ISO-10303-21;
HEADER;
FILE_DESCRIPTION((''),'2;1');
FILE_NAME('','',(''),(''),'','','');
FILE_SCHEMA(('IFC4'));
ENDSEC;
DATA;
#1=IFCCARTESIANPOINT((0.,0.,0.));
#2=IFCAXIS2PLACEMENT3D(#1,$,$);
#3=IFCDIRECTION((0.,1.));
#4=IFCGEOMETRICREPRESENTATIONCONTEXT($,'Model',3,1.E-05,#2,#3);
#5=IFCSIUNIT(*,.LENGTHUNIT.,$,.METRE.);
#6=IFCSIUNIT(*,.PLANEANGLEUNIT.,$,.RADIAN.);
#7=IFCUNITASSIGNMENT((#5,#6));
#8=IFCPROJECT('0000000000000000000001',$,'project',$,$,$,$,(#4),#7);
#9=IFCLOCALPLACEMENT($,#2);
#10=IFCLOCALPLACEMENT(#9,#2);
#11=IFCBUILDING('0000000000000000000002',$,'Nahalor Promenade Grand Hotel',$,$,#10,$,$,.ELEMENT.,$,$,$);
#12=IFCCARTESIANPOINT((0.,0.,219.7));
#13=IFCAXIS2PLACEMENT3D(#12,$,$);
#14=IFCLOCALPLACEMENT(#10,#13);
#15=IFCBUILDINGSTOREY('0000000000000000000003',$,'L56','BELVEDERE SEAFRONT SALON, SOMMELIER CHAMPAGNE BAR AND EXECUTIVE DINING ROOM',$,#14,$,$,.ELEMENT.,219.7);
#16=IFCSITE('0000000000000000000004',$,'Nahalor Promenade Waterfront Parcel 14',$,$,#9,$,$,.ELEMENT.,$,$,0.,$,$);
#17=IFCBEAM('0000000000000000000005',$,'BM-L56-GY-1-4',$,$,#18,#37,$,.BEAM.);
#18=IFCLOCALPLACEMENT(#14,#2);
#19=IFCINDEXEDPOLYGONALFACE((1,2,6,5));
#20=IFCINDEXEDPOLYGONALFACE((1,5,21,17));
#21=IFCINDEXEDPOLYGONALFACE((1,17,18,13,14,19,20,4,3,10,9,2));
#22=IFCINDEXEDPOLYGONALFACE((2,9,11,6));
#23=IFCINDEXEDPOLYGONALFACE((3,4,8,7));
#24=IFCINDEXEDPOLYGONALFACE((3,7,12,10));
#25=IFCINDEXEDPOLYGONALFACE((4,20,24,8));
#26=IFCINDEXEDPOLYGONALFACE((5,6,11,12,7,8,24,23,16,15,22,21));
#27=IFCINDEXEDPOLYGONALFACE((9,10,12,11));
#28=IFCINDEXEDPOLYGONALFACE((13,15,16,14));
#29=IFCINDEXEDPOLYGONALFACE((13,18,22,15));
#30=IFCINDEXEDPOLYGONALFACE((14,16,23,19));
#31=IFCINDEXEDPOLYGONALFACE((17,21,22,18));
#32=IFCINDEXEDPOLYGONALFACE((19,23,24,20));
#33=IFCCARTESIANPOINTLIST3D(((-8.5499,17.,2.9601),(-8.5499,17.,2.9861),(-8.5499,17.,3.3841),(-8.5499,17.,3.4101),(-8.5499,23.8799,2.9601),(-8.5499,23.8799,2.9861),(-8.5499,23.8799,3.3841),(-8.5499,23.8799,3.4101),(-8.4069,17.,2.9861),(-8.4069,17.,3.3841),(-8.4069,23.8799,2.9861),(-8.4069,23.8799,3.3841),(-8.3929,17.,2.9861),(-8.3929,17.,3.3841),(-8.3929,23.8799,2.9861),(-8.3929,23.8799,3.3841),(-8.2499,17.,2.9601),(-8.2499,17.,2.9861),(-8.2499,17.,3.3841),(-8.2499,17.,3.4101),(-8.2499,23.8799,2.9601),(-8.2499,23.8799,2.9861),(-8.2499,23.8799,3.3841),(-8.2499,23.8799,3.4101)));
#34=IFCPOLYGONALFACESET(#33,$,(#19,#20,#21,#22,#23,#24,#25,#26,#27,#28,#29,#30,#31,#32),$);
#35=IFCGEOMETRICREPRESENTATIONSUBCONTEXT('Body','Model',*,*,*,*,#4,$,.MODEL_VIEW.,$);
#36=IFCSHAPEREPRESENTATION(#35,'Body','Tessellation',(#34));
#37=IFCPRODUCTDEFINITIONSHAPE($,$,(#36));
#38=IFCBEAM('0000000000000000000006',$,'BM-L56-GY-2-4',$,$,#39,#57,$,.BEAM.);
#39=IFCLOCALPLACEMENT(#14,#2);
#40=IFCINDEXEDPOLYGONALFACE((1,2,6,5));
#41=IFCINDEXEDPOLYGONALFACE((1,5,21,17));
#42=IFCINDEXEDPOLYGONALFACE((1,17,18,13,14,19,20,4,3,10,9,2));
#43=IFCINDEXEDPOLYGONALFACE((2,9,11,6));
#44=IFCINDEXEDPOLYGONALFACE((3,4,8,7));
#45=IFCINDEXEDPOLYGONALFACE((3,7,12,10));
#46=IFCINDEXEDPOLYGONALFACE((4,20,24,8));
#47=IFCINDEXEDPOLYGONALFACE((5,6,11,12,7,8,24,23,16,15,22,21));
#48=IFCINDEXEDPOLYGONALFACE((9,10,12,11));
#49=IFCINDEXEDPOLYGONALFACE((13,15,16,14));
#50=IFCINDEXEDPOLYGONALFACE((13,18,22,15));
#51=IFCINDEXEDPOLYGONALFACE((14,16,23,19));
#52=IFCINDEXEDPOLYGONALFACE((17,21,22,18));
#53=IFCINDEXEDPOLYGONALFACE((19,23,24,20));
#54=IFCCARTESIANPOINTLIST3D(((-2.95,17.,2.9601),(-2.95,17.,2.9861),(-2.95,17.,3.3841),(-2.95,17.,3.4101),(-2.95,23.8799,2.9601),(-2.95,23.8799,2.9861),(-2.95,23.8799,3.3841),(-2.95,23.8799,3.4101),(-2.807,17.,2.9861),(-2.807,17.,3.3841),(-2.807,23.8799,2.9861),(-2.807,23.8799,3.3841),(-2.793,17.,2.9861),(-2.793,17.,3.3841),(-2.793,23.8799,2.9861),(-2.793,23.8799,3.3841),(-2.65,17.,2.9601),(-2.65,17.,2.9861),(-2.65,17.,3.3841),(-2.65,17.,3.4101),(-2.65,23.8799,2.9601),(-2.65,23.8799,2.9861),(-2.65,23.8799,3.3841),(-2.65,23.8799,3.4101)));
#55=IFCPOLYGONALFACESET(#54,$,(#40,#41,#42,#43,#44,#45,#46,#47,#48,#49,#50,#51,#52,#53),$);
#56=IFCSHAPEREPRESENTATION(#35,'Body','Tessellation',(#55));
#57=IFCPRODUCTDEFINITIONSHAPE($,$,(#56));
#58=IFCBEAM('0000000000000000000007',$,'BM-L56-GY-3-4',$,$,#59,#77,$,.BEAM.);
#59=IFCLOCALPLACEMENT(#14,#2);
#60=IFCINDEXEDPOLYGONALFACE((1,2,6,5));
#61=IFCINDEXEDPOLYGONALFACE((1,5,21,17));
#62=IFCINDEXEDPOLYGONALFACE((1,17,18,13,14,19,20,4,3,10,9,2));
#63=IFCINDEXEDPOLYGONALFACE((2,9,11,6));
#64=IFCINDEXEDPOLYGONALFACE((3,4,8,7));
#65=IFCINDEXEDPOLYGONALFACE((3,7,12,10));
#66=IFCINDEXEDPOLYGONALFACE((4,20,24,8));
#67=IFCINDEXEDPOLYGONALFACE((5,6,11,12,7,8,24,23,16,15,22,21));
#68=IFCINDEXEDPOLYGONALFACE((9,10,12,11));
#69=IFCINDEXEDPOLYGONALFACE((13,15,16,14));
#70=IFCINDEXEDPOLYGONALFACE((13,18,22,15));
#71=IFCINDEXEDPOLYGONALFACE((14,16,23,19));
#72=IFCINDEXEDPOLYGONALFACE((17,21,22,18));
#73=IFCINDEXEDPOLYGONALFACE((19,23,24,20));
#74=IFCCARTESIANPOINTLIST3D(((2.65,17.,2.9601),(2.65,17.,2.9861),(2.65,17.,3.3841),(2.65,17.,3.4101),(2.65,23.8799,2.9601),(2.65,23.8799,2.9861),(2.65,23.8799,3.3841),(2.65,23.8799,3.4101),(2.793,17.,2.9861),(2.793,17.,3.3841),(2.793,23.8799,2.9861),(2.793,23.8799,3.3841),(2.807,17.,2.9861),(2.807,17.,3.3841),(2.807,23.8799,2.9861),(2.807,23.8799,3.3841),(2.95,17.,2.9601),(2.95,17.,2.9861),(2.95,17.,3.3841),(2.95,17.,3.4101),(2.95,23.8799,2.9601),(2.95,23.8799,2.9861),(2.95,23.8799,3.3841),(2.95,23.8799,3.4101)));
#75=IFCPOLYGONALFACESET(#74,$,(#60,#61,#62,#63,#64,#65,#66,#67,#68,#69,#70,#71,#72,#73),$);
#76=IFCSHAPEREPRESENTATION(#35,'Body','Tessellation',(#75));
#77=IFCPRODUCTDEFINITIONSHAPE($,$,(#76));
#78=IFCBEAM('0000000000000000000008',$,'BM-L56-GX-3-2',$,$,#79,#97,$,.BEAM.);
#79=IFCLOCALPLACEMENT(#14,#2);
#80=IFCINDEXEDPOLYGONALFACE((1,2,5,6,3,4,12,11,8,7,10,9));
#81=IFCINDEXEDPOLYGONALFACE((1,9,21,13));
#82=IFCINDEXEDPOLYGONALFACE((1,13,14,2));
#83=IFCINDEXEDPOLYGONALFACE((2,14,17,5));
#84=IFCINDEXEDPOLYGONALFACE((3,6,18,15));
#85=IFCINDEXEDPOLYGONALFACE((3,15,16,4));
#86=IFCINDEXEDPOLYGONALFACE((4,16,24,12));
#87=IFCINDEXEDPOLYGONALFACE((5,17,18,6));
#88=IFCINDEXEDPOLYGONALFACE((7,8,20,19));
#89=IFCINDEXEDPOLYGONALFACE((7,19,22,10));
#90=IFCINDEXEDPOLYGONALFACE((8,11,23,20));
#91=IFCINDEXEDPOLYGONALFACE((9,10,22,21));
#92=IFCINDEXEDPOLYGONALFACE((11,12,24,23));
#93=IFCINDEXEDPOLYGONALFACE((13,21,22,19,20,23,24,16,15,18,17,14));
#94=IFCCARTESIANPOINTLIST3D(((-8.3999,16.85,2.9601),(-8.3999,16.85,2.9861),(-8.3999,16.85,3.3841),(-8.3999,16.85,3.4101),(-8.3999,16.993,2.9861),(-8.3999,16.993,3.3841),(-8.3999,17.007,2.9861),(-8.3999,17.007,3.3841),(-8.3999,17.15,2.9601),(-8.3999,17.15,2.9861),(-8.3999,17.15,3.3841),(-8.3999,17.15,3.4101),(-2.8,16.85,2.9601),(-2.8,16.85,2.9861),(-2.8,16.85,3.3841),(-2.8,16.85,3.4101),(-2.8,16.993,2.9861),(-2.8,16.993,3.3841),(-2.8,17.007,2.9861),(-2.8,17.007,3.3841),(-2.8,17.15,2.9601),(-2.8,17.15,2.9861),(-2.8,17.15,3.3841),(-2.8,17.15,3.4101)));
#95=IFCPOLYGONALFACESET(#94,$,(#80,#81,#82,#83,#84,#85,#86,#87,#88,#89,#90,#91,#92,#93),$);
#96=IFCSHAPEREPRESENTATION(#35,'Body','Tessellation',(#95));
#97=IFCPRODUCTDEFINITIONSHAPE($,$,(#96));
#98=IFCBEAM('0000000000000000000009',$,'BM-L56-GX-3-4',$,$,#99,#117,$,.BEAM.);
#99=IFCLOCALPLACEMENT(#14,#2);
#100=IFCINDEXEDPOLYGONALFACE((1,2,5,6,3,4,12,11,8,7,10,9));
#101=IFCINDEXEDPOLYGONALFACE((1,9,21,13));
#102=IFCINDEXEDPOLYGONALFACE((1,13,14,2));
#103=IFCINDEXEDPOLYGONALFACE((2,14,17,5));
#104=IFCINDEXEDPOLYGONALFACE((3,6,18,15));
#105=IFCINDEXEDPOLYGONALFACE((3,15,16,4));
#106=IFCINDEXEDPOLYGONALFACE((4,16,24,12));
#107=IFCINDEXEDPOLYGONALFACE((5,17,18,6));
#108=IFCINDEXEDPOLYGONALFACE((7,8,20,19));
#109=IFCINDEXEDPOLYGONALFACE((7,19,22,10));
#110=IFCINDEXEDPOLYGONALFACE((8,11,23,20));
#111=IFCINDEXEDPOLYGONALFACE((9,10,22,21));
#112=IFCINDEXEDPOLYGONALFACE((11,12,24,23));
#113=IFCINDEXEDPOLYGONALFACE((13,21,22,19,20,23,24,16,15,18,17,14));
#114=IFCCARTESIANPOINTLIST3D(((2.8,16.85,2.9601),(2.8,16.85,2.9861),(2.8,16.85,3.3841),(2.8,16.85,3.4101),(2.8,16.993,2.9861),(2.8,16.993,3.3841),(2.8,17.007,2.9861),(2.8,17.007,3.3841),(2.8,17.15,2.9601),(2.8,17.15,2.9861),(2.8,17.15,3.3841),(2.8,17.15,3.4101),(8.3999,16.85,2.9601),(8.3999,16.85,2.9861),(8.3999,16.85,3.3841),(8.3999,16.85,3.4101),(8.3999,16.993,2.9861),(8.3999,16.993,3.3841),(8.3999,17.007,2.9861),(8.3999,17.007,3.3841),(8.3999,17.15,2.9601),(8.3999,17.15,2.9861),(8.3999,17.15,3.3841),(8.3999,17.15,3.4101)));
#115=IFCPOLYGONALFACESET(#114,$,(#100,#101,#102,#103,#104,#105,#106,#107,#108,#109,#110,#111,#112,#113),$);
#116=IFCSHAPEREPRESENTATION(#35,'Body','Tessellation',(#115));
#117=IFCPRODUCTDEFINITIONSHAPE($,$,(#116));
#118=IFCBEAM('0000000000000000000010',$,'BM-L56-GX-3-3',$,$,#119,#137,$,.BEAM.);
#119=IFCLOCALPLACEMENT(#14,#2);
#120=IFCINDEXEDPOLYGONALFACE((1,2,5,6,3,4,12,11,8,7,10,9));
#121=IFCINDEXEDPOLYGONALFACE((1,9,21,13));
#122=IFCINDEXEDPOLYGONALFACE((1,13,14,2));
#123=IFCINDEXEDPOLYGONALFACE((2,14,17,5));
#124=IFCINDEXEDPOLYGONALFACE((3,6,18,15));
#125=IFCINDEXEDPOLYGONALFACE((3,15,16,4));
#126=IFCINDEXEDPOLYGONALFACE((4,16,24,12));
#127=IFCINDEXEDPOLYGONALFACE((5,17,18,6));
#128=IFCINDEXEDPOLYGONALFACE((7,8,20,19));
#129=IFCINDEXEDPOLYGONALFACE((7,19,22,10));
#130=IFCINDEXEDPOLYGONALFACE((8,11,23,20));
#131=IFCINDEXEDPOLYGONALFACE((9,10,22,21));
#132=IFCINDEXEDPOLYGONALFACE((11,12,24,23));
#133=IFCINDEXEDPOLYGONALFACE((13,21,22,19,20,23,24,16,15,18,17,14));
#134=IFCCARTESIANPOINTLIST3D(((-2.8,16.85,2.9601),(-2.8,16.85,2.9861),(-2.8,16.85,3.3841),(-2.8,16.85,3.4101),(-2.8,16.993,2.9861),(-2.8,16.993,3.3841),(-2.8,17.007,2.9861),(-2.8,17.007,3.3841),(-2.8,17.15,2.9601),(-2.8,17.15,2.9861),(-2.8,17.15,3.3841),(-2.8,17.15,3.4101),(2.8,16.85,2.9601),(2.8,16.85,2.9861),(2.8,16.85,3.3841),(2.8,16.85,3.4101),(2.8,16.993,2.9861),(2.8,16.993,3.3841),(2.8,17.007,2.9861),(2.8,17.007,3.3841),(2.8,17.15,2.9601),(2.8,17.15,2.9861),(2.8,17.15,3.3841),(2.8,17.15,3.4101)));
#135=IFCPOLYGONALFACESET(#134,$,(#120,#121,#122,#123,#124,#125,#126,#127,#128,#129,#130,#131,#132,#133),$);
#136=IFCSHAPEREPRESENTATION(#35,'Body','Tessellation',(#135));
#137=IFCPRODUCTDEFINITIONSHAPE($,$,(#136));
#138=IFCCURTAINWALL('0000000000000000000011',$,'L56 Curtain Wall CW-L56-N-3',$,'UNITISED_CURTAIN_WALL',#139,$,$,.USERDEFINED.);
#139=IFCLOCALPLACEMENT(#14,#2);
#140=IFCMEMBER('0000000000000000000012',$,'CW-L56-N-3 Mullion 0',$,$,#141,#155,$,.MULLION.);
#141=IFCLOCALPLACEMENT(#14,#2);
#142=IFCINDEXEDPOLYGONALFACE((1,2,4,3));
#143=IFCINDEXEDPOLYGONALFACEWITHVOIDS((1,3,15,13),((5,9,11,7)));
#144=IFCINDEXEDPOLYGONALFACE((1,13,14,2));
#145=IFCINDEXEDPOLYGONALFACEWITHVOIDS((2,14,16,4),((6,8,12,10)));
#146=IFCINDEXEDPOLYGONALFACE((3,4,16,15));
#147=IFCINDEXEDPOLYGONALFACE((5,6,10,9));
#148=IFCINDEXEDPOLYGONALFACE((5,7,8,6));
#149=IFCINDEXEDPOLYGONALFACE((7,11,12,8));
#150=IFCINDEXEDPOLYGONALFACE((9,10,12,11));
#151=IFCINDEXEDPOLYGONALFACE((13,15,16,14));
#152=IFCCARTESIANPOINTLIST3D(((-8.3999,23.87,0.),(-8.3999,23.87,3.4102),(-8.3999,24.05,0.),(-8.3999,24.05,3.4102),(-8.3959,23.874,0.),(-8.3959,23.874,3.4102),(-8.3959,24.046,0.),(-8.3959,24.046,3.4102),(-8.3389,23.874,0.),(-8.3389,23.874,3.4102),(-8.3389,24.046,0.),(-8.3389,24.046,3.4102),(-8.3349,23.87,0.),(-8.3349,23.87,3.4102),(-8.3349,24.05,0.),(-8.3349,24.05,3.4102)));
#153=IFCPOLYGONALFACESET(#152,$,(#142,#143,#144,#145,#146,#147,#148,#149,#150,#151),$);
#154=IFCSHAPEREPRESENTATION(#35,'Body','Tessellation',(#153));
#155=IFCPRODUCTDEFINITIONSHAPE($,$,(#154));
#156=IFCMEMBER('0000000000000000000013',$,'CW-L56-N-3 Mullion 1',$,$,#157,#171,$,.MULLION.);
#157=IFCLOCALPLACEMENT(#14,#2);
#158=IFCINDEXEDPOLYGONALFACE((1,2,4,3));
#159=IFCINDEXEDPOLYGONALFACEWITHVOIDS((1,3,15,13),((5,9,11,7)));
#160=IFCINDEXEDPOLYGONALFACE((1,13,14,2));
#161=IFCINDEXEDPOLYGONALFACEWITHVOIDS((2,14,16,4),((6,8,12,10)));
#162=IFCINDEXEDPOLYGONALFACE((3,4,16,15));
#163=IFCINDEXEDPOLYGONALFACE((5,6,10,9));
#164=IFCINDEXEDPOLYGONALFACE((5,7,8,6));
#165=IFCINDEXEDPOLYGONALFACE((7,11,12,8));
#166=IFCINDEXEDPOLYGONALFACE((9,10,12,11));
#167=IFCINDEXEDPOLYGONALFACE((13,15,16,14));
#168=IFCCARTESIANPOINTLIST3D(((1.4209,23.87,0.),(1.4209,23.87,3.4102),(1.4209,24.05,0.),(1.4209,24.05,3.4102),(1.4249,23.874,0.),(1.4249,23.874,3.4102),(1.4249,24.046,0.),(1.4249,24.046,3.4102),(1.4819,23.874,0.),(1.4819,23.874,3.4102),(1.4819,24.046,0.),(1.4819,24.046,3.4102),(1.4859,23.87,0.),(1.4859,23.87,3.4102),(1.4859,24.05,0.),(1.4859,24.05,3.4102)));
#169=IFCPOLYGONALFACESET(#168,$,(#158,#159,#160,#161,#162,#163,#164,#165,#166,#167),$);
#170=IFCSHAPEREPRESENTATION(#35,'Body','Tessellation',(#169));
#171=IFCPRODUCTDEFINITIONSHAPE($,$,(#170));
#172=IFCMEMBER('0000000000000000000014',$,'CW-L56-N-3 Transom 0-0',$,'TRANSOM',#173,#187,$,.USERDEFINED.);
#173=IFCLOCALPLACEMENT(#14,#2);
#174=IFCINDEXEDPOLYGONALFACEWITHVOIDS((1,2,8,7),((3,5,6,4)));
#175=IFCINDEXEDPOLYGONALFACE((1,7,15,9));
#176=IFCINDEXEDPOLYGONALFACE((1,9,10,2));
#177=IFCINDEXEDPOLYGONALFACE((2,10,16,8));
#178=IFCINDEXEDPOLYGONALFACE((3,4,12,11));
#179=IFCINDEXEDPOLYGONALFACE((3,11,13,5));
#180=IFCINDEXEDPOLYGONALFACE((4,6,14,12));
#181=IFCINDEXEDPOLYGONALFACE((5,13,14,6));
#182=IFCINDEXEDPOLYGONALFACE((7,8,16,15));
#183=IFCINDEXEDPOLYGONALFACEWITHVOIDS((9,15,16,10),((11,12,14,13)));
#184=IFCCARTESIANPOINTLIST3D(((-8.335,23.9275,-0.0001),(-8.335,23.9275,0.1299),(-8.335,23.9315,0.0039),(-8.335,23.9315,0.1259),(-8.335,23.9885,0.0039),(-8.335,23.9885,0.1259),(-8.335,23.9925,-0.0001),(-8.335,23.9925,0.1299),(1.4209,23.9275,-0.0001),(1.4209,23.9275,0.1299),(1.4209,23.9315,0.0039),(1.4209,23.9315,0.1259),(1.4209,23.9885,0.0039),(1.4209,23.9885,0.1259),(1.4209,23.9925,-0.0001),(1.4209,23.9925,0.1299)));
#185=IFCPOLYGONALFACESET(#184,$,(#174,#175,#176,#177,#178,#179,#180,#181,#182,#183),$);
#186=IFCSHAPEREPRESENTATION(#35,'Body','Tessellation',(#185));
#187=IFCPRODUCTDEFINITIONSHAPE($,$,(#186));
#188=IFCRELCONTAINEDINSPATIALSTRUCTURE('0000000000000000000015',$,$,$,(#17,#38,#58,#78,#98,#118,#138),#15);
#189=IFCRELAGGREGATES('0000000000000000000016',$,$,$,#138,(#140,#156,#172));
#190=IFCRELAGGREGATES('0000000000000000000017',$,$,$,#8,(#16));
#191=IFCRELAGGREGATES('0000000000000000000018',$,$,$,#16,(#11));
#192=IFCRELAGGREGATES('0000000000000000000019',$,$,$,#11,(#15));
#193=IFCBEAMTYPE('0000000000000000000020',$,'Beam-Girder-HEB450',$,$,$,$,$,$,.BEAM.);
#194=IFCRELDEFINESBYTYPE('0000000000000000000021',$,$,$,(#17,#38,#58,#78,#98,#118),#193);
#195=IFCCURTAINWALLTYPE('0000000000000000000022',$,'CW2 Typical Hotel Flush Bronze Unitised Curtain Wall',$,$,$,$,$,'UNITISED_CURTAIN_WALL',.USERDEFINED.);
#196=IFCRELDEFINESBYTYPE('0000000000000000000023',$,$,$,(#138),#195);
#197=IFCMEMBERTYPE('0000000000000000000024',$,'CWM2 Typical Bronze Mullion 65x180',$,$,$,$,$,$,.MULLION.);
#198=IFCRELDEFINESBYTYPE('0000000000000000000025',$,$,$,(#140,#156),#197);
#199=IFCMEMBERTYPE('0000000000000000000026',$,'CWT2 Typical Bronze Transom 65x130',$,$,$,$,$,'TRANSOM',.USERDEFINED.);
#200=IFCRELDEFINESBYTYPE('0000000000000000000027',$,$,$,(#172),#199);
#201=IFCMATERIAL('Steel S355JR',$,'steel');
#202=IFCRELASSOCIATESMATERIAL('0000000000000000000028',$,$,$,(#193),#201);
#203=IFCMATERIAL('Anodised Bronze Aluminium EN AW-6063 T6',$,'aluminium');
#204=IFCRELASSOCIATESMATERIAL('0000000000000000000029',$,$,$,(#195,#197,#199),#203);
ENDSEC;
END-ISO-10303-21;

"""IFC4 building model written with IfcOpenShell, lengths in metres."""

from ifc_helpers import new_model, si_unit, direction, frame, origin, origin_2d, place, context, subcontext, project, spatial, hollow_rectangle, i_section, extrude, source, transform, mapped, material, material_profile, profile_set, type_object, element, aggregate, save


model = new_model("IFC4")

# Units and contexts
model_context = context("Model", 3, precision=1e-05, world=origin(), true_north=direction((0.0, 1.0)))
body_context = subcontext(model_context, "Body", "Model", "MODEL_VIEW")
ifc_project = project(units=[si_unit("LENGTHUNIT", "METRE"), si_unit("PLANEANGLEUNIT", "RADIAN")], contexts=[model_context])

# Site, building, storey
site_placement = place(None, origin())
site = spatial("IfcSite", under=ifc_project, at=site_placement, Name="Nahalor Promenade Waterfront Parcel 14", CompositionType="ELEMENT", RefElevation=0.0)
building_placement = place(site_placement, origin())
building = spatial("IfcBuilding", under=site, at=building_placement, Name="Nahalor Promenade Grand Hotel", CompositionType="ELEMENT")
storey_placement = place(building_placement, frame((0.0, 0.0, 219.7)))
storey = spatial("IfcBuildingStorey", under=building, at=storey_placement, Name="L56", Description="BELVEDERE SEAFRONT SALON, SOMMELIER CHAMPAGNE BAR AND EXECUTIVE DINING ROOM", CompositionType="ELEMENT", Elevation=219.7)

# Shared definitions
ifc_material_1 = material(Name="Steel S355JR", Category="steel")

# Beams
ifc_material_profile_1 = material_profile(ifc_material_1, i_section(OverallWidth=0.3, OverallDepth=0.45, WebThickness=0.014, FlangeThickness=0.026, at=origin_2d()), Name="HEB 450")
ifc_profile_set_1 = profile_set([ifc_material_profile_1], Name="Steel S355JR")
beam_type_1 = type_object("IfcBeamType", Name="Beam-Girder-HEB450", PredefinedType="BEAM", material=ifc_profile_set_1)
shared_shape_1 = source(origin(), body_context, "Body", "SweptSolid", [
    extrude(i_section(OverallWidth=0.3, OverallDepth=0.45, WebThickness=0.014, FlangeThickness=0.026, at=origin_2d()), origin(), (0.0, 0.0, 1.0), 6.8799),
])
for number, where, z_axis, x_axis, name in (
    (1, (-8.3999, 17.0, 3.1851), (0.0, 1.0, 0.0), (-1.0, 0.0, 0.0), "BM-L56-GY-1-4"),
    (2, (-2.8, 17.0, 3.1851), (0.0, 1.0, 0.0), (-1.0, 0.0, 0.0), "BM-L56-GY-2-4"),
    (3, (2.8, 17.0, 3.1851), (0.0, 1.0, 0.0), (-1.0, 0.0, 0.0), "BM-L56-GY-3-4"),
):
    element("IfcBeam", number, at=place(storey_placement, frame(where, z_axis=z_axis, x_axis=x_axis)), inside=storey, type_object=beam_type_1, Name=name, PredefinedType="BEAM", context=body_context, shape_type="MappedRepresentation", body=[
        mapped(shared_shape_1, transform((0.0, 0.0, 0.0), scale=1.0)),
    ])
shared_shape_2 = source(origin(), body_context, "Body", "SweptSolid", [
    extrude(i_section(OverallWidth=0.3, OverallDepth=0.45, WebThickness=0.014, FlangeThickness=0.026, at=origin_2d()), origin(), (0.0, 0.0, 1.0), 5.5999),
])
for number, where, z_axis, x_axis, name in (
    (4, (-8.3999, 17.0, 3.1851), (1.0, 0.0, 0.0), (0.0, 1.0, 0.0), "BM-L56-GX-3-2"),
    (5, (2.8, 17.0, 3.1851), (1.0, 0.0, 0.0), (0.0, 1.0, 0.0), "BM-L56-GX-3-4"),
):
    element("IfcBeam", number, at=place(storey_placement, frame(where, z_axis=z_axis, x_axis=x_axis)), inside=storey, type_object=beam_type_1, Name=name, PredefinedType="BEAM", context=body_context, shape_type="MappedRepresentation", body=[
        mapped(shared_shape_2, transform((0.0, 0.0, 0.0), scale=1.0)),
    ])
shared_shape_3 = source(origin(), body_context, "Body", "SweptSolid", [
    extrude(i_section(OverallWidth=0.3, OverallDepth=0.45, WebThickness=0.014, FlangeThickness=0.026, at=origin_2d()), origin(), (0.0, 0.0, 1.0), 5.6001),
])
beam_1_placement = place(storey_placement, frame((-2.8, 17.0, 3.1851), z_axis=(1.0, 0.0, 0.0), x_axis=(0.0, 1.0, 0.0)))
element("IfcBeam", 6, at=beam_1_placement, inside=storey, type_object=beam_type_1, Name="BM-L56-GX-3-3", PredefinedType="BEAM", context=body_context, shape_type="MappedRepresentation", body=[
    mapped(shared_shape_3, transform((0.0, 0.0, 0.0), scale=1.0)),
])

# Curtain wall, members
ifc_material_2 = material(Name="Anodised Bronze Aluminium EN AW-6063 T6", Category="aluminium")
curtain_wall_type = type_object("IfcCurtainWallType", Name="CW2 Typical Hotel Flush Bronze Unitised Curtain Wall", ElementType="UNITISED_CURTAIN_WALL", PredefinedType="USERDEFINED", material=ifc_material_2)
curtain_wall_placement = place(storey_placement, origin())
curtain_wall = element("IfcCurtainWall", 7, at=curtain_wall_placement, inside=storey, type_object=curtain_wall_type, Name="L56 Curtain Wall CW-L56-N-3", ObjectType="UNITISED_CURTAIN_WALL", PredefinedType="USERDEFINED")
ifc_material_profile_2 = material_profile(ifc_material_2, hollow_rectangle(XDim=0.065, YDim=0.18, WallThickness=0.004, at=origin_2d()), Name="CWM 65x180x4")
ifc_profile_set_2 = profile_set([ifc_material_profile_2], Name="Anodised Bronze Aluminium EN AW-6063 T6")
member_type_1 = type_object("IfcMemberType", Name="CWM2 Typical Bronze Mullion 65x180", PredefinedType="MULLION", material=ifc_profile_set_2)
shared_shape_4 = source(origin(), body_context, "Body", "SweptSolid", [
    extrude(hollow_rectangle(XDim=0.065, YDim=0.18, WallThickness=0.004, at=origin_2d()), origin(), (0.0, 0.0, 1.0), 3.4102),
])
member_1_placement = place(storey_placement, frame((-8.3674, 23.96, 0.0), z_axis=(0.0, 0.0, 1.0), x_axis=(1.0, 0.0, 0.0)))
member_1 = element("IfcMember", 8, at=member_1_placement, type_object=member_type_1, Name="CW-L56-N-3 Mullion 0", PredefinedType="MULLION", context=body_context, shape_type="MappedRepresentation", body=[
    mapped(shared_shape_4, transform((0.0, 0.0, 0.0), scale=1.0)),
])
member_2_placement = place(storey_placement, frame((1.4534, 23.96, 0.0), z_axis=(0.0, 0.0, 1.0), x_axis=(1.0, 0.0, 0.0)))
member_2 = element("IfcMember", 9, at=member_2_placement, type_object=member_type_1, Name="CW-L56-N-3 Mullion 1", PredefinedType="MULLION", context=body_context, shape_type="MappedRepresentation", body=[
    mapped(shared_shape_4, transform((0.0, 0.0, 0.0), scale=1.0)),
])
ifc_material_profile_3 = material_profile(ifc_material_2, hollow_rectangle(XDim=0.065, YDim=0.13, WallThickness=0.004, at=origin_2d()), Name="CWT 65x130x4")
ifc_profile_set_3 = profile_set([ifc_material_profile_3], Name="Anodised Bronze Aluminium EN AW-6063 T6")
member_type_2 = type_object("IfcMemberType", Name="CWT2 Typical Bronze Transom 65x130", ElementType="TRANSOM", PredefinedType="USERDEFINED", material=ifc_profile_set_3)
shared_shape_5 = source(origin(), body_context, "Body", "SweptSolid", [
    extrude(hollow_rectangle(XDim=0.065, YDim=0.13, WallThickness=0.004, at=origin_2d()), origin(), (0.0, 0.0, 1.0), 9.7559),
])
member_3_placement = place(storey_placement, frame((-8.335, 23.96, 0.0649), z_axis=(1.0, 0.0, 0.0), x_axis=(0.0, 1.0, 0.0)))
member_3 = element("IfcMember", 10, at=member_3_placement, type_object=member_type_2, Name="CW-L56-N-3 Transom 0-0", ObjectType="TRANSOM", PredefinedType="USERDEFINED", context=body_context, shape_type="MappedRepresentation", body=[
    mapped(shared_shape_5, transform((0.0, 0.0, 0.0), scale=1.0)),
])
aggregate(curtain_wall, [member_1, member_2, member_3])

save(model, "model.ifc")
